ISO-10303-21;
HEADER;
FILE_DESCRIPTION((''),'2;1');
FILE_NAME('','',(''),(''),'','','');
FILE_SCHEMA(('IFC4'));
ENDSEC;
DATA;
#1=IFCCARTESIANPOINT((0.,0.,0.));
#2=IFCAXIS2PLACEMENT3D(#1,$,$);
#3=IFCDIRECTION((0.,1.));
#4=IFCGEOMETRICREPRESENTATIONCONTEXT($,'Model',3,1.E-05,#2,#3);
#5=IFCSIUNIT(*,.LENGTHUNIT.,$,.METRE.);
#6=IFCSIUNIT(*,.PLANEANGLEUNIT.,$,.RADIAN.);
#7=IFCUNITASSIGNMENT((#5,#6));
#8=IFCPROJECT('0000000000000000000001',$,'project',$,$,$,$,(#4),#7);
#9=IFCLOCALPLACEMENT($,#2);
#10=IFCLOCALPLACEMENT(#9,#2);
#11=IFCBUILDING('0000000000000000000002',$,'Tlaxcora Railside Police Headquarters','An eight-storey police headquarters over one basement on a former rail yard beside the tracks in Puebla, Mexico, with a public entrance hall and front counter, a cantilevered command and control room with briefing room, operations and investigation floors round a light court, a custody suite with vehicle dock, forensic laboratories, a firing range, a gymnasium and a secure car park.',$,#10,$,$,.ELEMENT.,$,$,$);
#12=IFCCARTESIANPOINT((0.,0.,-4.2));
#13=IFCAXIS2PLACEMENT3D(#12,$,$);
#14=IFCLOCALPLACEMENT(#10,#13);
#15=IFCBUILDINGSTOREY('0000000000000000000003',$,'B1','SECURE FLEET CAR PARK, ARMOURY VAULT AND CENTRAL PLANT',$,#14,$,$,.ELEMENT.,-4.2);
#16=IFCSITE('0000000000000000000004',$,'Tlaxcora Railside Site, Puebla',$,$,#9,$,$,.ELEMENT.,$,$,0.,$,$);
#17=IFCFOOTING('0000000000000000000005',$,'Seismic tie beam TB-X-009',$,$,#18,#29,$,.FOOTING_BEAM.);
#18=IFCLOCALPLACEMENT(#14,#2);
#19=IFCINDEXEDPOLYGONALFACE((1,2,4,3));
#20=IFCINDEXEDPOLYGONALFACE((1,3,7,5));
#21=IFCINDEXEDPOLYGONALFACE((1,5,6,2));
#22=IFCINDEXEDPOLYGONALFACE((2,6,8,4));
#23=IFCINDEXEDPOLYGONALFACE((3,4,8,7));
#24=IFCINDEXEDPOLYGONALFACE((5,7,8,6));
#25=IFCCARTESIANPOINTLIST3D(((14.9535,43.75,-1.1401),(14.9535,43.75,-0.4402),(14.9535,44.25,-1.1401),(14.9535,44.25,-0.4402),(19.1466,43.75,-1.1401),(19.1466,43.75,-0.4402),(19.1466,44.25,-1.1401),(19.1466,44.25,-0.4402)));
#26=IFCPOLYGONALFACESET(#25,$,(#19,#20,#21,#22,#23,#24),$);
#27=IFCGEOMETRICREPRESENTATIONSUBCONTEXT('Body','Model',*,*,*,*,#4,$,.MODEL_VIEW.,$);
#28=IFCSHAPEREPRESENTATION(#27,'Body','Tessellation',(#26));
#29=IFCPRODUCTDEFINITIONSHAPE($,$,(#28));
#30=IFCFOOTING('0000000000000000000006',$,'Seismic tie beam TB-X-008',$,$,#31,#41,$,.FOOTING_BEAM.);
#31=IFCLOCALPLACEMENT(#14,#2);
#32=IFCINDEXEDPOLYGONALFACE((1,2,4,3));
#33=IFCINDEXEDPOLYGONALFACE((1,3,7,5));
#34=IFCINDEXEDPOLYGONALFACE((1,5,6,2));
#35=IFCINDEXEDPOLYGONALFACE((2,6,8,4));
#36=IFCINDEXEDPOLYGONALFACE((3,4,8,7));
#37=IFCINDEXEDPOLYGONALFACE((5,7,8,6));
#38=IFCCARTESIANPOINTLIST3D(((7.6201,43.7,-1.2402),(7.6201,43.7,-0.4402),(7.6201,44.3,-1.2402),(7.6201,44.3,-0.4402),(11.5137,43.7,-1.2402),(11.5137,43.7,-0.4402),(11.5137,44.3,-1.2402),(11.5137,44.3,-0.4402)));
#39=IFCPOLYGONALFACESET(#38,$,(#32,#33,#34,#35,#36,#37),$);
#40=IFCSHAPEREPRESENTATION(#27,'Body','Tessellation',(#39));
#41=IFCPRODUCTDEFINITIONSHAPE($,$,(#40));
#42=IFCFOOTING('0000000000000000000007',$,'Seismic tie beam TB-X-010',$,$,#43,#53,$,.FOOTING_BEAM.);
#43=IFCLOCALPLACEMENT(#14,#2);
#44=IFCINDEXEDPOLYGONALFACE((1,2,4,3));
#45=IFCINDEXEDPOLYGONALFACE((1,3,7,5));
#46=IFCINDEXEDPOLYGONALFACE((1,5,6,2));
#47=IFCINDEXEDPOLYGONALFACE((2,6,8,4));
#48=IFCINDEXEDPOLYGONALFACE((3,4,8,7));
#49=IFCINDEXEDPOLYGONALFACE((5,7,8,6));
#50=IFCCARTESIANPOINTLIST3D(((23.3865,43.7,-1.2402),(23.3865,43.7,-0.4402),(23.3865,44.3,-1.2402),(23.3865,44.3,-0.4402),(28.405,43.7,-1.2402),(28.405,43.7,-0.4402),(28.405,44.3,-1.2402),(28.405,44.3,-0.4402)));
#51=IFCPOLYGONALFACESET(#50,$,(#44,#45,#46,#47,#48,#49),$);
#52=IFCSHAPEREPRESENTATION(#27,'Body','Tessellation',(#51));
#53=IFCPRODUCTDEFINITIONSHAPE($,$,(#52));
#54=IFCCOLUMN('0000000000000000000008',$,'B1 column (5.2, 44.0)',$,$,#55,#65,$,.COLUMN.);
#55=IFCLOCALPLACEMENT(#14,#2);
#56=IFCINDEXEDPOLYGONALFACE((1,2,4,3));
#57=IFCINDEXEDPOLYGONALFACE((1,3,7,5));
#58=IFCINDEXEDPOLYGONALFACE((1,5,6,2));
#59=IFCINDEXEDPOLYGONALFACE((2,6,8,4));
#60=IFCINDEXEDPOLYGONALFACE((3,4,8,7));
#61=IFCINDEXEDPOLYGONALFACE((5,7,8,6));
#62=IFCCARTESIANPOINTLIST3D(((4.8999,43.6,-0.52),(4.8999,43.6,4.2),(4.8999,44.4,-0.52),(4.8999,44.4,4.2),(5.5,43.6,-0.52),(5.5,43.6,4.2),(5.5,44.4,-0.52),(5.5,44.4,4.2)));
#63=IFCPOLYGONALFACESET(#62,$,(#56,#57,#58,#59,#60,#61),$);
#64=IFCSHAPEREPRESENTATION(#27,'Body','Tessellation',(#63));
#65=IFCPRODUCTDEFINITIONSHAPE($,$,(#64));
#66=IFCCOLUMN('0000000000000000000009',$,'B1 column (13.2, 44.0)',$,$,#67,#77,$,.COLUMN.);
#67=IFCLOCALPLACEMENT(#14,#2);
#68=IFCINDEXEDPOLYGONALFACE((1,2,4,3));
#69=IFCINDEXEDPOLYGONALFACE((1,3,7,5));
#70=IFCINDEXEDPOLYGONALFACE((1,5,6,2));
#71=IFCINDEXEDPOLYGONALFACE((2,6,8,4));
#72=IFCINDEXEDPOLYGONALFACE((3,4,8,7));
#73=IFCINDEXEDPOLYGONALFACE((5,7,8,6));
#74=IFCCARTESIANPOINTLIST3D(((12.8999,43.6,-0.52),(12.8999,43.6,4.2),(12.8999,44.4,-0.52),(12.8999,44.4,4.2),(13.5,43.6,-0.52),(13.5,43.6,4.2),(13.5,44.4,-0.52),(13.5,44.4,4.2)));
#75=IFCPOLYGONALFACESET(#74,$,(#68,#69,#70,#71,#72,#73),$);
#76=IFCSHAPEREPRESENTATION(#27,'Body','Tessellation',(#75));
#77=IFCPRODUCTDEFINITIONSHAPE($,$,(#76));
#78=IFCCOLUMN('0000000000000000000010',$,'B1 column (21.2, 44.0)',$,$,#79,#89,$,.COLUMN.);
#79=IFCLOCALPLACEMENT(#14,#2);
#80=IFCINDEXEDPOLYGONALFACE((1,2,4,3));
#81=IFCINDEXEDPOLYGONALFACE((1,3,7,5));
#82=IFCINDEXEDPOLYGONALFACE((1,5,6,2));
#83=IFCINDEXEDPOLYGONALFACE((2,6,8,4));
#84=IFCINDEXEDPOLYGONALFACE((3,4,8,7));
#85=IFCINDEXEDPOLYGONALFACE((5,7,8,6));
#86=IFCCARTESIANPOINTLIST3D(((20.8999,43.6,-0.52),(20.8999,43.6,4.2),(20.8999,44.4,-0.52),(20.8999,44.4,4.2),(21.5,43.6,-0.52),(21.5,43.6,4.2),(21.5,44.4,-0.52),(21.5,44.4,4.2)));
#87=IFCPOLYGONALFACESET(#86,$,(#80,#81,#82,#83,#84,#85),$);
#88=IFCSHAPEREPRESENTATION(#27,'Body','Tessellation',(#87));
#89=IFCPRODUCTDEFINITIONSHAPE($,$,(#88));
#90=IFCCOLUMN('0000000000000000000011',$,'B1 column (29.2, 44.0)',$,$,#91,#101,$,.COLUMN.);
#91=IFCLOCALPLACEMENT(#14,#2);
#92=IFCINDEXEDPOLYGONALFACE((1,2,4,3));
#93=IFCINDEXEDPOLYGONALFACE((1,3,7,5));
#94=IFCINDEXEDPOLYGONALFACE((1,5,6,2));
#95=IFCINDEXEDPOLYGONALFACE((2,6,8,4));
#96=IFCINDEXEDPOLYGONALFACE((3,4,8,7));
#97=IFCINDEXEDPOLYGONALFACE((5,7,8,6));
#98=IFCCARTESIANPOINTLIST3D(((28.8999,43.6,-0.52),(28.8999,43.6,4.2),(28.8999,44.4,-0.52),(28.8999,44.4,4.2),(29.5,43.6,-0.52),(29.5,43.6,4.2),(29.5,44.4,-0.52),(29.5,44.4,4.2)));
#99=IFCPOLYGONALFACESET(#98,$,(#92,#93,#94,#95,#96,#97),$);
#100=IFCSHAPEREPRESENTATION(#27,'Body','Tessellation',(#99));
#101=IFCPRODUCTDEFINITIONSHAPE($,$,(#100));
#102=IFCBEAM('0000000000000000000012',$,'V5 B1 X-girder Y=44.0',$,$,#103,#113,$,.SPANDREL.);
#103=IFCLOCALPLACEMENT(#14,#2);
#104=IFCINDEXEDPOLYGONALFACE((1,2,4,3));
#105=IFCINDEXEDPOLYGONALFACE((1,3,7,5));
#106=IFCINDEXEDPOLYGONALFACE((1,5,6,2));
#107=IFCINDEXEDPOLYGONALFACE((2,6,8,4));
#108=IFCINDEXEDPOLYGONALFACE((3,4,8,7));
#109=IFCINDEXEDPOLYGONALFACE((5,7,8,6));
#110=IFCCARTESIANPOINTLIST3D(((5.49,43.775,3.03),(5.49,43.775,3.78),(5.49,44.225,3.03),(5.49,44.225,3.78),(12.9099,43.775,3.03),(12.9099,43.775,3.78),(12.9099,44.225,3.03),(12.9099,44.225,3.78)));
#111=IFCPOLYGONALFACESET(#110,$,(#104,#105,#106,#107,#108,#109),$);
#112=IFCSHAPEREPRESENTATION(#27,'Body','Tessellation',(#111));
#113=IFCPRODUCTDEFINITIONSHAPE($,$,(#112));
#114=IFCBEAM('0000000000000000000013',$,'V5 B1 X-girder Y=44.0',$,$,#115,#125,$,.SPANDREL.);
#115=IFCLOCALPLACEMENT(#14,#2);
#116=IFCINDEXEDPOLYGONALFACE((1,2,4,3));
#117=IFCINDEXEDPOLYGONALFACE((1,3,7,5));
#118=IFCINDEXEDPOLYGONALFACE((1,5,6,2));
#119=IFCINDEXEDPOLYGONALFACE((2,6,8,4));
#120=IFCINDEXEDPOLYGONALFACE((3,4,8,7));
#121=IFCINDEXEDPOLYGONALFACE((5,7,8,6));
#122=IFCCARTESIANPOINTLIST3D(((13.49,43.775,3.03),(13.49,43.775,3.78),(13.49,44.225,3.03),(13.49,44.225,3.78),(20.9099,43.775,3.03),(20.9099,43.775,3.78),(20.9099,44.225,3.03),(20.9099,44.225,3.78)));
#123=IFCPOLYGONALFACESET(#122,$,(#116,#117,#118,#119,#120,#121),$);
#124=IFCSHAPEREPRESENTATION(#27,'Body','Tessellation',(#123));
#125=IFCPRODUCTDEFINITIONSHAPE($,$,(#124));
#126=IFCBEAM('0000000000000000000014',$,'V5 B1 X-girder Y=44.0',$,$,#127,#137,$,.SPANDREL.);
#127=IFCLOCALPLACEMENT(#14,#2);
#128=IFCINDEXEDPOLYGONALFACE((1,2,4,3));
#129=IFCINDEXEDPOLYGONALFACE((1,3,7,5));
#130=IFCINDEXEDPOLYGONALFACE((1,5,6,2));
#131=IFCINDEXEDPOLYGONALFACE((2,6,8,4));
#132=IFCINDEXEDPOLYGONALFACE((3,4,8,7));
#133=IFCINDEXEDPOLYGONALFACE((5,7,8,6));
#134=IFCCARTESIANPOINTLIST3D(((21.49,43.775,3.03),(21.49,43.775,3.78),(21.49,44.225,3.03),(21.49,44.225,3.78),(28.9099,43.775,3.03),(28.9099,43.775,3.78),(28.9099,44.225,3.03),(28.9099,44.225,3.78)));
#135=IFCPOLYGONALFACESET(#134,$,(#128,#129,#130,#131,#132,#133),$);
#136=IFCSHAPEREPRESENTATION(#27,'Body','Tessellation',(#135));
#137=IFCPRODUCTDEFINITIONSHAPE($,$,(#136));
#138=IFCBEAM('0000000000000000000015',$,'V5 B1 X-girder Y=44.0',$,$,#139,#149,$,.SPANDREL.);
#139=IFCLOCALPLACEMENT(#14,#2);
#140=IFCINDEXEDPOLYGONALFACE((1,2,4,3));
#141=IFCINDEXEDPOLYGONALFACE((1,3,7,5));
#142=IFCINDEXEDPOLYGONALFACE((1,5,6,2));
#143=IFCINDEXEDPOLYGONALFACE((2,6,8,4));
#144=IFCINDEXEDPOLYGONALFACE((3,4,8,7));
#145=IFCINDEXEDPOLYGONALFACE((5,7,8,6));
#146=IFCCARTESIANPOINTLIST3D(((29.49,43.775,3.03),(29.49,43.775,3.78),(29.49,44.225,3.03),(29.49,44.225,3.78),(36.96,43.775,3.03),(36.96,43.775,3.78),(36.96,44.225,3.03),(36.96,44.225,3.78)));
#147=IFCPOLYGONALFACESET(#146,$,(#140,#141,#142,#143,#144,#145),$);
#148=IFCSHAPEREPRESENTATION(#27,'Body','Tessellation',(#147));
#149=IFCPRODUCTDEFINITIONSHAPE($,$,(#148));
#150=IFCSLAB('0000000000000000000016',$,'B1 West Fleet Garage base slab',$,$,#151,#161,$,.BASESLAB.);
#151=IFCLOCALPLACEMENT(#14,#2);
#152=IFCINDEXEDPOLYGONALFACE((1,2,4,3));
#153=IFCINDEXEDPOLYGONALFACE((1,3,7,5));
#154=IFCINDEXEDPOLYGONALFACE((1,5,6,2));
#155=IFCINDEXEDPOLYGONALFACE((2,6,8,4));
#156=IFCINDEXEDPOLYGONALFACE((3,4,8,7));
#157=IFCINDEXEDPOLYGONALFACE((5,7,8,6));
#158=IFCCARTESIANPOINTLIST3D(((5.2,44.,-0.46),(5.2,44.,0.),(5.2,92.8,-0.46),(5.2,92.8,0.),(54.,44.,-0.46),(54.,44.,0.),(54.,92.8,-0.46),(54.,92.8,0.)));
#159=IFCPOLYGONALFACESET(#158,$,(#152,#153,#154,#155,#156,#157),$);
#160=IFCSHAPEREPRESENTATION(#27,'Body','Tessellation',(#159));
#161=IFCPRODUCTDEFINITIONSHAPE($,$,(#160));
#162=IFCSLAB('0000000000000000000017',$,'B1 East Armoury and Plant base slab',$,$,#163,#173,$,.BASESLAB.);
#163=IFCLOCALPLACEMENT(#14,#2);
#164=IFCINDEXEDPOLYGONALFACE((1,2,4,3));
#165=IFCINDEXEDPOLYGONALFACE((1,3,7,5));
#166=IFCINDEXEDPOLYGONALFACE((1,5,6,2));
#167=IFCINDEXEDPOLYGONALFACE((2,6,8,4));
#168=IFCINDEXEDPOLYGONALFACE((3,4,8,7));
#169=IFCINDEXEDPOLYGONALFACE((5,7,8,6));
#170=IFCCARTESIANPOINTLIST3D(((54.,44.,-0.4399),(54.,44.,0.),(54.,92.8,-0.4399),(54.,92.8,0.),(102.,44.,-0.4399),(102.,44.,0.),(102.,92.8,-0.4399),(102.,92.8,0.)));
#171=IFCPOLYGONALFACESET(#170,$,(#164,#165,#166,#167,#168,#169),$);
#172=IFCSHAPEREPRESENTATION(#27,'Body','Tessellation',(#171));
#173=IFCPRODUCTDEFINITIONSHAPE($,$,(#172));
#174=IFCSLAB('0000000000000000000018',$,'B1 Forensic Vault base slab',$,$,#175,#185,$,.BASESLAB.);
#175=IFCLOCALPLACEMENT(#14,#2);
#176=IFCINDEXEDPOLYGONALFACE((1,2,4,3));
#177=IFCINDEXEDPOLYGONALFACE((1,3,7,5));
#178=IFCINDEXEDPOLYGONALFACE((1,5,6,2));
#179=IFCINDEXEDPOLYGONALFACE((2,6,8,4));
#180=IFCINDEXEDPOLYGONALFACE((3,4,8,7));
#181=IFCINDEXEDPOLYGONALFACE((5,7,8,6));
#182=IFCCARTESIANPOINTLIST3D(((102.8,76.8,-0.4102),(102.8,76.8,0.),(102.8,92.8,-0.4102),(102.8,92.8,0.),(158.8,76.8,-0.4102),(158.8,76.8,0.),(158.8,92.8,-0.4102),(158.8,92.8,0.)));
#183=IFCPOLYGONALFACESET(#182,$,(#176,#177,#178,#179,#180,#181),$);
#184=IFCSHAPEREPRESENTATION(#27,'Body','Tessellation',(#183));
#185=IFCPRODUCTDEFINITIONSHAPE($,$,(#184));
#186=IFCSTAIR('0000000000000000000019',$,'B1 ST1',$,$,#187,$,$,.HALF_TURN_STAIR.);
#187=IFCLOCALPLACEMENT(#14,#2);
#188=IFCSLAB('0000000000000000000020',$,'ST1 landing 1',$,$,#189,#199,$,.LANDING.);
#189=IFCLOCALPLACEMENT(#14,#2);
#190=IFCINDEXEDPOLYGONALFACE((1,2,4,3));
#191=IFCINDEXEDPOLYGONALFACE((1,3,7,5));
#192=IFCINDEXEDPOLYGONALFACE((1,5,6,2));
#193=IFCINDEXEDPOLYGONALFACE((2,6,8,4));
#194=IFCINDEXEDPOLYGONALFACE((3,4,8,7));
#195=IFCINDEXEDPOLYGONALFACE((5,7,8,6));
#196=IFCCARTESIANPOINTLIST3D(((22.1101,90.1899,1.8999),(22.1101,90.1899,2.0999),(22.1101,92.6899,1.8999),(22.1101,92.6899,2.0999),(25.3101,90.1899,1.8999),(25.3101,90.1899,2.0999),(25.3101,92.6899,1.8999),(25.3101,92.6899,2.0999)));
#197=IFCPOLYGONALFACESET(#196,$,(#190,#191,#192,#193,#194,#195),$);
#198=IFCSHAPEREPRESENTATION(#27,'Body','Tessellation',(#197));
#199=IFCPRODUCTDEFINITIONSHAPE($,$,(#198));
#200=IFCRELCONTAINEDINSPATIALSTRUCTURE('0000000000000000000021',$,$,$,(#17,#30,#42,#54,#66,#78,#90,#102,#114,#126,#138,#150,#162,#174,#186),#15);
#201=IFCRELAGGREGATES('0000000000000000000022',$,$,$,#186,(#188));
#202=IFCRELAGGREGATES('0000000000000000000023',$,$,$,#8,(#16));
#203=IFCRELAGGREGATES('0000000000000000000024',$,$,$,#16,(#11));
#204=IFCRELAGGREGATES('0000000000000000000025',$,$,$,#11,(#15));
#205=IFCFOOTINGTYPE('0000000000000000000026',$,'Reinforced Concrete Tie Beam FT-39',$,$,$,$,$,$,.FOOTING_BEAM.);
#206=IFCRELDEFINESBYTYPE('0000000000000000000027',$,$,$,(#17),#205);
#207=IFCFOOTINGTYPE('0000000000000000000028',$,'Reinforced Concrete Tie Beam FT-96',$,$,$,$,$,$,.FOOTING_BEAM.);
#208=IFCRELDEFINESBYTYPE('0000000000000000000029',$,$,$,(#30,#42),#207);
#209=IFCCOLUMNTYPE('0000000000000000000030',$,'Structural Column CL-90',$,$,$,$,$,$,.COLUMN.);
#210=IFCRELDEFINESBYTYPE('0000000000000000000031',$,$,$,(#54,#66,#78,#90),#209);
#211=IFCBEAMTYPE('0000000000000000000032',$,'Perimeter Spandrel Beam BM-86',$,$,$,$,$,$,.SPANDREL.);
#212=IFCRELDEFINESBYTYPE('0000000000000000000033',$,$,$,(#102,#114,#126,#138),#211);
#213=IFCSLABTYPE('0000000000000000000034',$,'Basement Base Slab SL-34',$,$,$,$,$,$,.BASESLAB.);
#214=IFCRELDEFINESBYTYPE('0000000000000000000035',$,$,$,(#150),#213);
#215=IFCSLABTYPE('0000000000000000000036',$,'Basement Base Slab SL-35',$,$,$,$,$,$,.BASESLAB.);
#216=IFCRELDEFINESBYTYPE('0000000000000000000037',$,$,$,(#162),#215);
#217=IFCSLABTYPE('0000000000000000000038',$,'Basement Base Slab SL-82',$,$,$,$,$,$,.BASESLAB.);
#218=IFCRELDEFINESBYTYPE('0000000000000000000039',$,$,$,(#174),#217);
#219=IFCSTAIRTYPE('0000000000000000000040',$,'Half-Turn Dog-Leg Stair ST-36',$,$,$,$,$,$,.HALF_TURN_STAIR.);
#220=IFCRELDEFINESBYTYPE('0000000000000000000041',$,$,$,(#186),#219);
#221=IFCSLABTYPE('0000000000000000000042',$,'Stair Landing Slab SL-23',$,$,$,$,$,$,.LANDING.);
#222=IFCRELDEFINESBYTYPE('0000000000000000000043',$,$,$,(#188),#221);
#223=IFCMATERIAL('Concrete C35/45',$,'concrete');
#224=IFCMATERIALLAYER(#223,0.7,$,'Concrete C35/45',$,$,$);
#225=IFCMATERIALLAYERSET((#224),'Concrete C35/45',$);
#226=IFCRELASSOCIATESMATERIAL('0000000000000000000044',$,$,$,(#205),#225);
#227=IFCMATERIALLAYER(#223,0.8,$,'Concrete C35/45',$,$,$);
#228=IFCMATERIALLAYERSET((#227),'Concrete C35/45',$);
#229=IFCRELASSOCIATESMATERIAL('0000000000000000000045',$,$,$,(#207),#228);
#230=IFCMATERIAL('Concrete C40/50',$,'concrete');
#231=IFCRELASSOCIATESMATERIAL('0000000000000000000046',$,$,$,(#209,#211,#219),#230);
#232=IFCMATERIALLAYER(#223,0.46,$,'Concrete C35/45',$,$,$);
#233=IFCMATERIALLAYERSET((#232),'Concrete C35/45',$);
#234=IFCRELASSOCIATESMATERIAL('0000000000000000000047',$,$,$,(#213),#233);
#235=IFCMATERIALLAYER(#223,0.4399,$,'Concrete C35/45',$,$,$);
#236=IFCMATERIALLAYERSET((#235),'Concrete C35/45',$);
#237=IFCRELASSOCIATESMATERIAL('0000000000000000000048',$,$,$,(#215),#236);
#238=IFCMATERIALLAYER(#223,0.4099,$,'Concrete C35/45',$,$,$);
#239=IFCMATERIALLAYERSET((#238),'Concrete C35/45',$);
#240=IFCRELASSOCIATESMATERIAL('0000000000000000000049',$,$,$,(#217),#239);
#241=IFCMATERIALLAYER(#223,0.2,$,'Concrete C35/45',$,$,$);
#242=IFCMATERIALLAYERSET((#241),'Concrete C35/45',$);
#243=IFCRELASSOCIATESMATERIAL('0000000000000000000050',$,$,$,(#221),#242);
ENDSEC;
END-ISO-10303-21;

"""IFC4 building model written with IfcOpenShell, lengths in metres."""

from ifc_helpers import new_model, si_unit, direction, frame, origin, origin_2d, place, context, subcontext, project, spatial, polyline, rectangle, outline, extrude, material, layer, layer_set, material_profile, profile_set, type_object, element, aggregate, save


model = new_model("IFC4")

# Units and contexts
model_context = context("Model", 3, precision=1e-05, world=origin(), true_north=direction((0.0, 1.0)))
body_context = subcontext(model_context, "Body", "Model", "MODEL_VIEW")
ifc_project = project(units=[si_unit("LENGTHUNIT", "METRE"), si_unit("PLANEANGLEUNIT", "RADIAN")], contexts=[model_context])

# Site, building, storey
site_placement = place(None, origin())
site = spatial("IfcSite", under=ifc_project, at=site_placement, Name="Tlaxcora Railside Site, Puebla", CompositionType="ELEMENT", RefElevation=0.0)
building_placement = place(site_placement, origin())
building = spatial("IfcBuilding", under=site, at=building_placement, Name="Tlaxcora Railside Police Headquarters", Description="An eight-storey police headquarters over one basement on a former rail yard beside the tracks in Puebla, Mexico, with a public entrance hall and front counter, a cantilevered command and control room with briefing room, operations and investigation floors round a light court, a custody suite with vehicle dock, forensic laboratories, a firing range, a gymnasium and a secure car park.", CompositionType="ELEMENT")
storey_placement = place(building_placement, frame((0.0, 0.0, -4.2)))
storey = spatial("IfcBuildingStorey", under=building, at=storey_placement, Name="B1", Description="SECURE FLEET CAR PARK, ARMOURY VAULT AND CENTRAL PLANT", CompositionType="ELEMENT", Elevation=-4.2)

# Shared definitions
ifc_material_1 = material(Name="Concrete C35/45", Category="concrete")

# Footings
ifc_material_2 = material(Name="Concrete C40/50", Category="concrete")
ifc_layer_1 = layer(ifc_material_1, 0.7, Name="Concrete C35/45")
ifc_layer_set_1 = layer_set([ifc_layer_1], Name="Concrete C35/45")
footing_type_1 = type_object("IfcFootingType", Name="Reinforced Concrete Tie Beam FT-39", PredefinedType="FOOTING_BEAM", material=ifc_layer_set_1)
footing_1_placement = place(storey_placement, frame((17.05, 44.0, -1.1401), z_axis=(0.0, 0.0, 1.0), x_axis=(1.0, 0.0, 0.0)))
element("IfcFooting", 1, at=footing_1_placement, inside=storey, type_object=footing_type_1, Name="Seismic tie beam TB-X-009", PredefinedType="FOOTING_BEAM", context=body_context, shape_type="SweptSolid", body=[
    extrude(rectangle(XDim=4.1931, YDim=0.5, at=origin_2d()), origin(), (0.0, 0.0, 1.0), 0.7),
])
ifc_layer_2 = layer(ifc_material_1, 0.8, Name="Concrete C35/45")
ifc_layer_set_2 = layer_set([ifc_layer_2], Name="Concrete C35/45")
footing_type_2 = type_object("IfcFootingType", Name="Reinforced Concrete Tie Beam FT-96", PredefinedType="FOOTING_BEAM", material=ifc_layer_set_2)
footing_2_placement = place(storey_placement, frame((9.5669, 44.0, -1.2402), z_axis=(0.0, 0.0, 1.0), x_axis=(1.0, 0.0, 0.0)))
element("IfcFooting", 2, at=footing_2_placement, inside=storey, type_object=footing_type_2, Name="Seismic tie beam TB-X-008", PredefinedType="FOOTING_BEAM", context=body_context, shape_type="SweptSolid", body=[
    extrude(rectangle(XDim=3.8936, YDim=0.6001, at=origin_2d()), origin(), (0.0, 0.0, 1.0), 0.8),
])
footing_3_placement = place(storey_placement, frame((25.8958, 44.0, -1.2402), z_axis=(0.0, 0.0, 1.0), x_axis=(1.0, 0.0, 0.0)))
element("IfcFooting", 3, at=footing_3_placement, inside=storey, type_object=footing_type_2, Name="Seismic tie beam TB-X-010", PredefinedType="FOOTING_BEAM", context=body_context, shape_type="SweptSolid", body=[
    extrude(rectangle(XDim=5.0186, YDim=0.6001, at=origin_2d()), origin(), (0.0, 0.0, 1.0), 0.8),
])

# Columns
ifc_material_profile_1 = material_profile(ifc_material_2, rectangle(XDim=0.6001, YDim=0.8, at=origin_2d()), Name="RC600X800")
ifc_profile_set_1 = profile_set([ifc_material_profile_1], Name="Concrete C40/50")
column_type = type_object("IfcColumnType", Name="Structural Column CL-90", PredefinedType="COLUMN", material=ifc_profile_set_1)
for number, where, z_axis, x_axis, name in (
    (4, (5.2, 44.0, -0.52), (0.0, 0.0, 1.0), (1.0, 0.0, 0.0), "B1 column (5.2, 44.0)"),
    (5, (13.2, 44.0, -0.52), (0.0, 0.0, 1.0), (1.0, 0.0, 0.0), "B1 column (13.2, 44.0)"),
    (6, (21.2, 44.0, -0.52), (0.0, 0.0, 1.0), (1.0, 0.0, 0.0), "B1 column (21.2, 44.0)"),
    (7, (29.2, 44.0, -0.52), (0.0, 0.0, 1.0), (1.0, 0.0, 0.0), "B1 column (29.2, 44.0)"),
):
    element("IfcColumn", number, at=place(storey_placement, frame(where, z_axis=z_axis, x_axis=x_axis)), inside=storey, type_object=column_type, Name=name, PredefinedType="COLUMN", context=body_context, shape_type="SweptSolid", body=[
        extrude(rectangle(XDim=0.6001, YDim=0.8, at=origin_2d()), origin(), (0.0, 0.0, 1.0), 4.72),
    ])

# Beams
ifc_material_profile_2 = material_profile(ifc_material_2, rectangle(XDim=0.45, YDim=0.75, at=origin_2d()), Name="RC450X750")
ifc_profile_set_2 = profile_set([ifc_material_profile_2], Name="Concrete C40/50")
beam_type = type_object("IfcBeamType", Name="Perimeter Spandrel Beam BM-86", PredefinedType="SPANDREL", material=ifc_profile_set_2)
for number, where, z_axis, x_axis, name in (
    (8, (5.49, 44.0, 3.405), (1.0, 0.0, 0.0), (0.0, 1.0, 0.0), "V5 B1 X-girder Y=44.0"),
    (9, (13.49, 44.0, 3.405), (1.0, 0.0, 0.0), (0.0, 1.0, 0.0), "V5 B1 X-girder Y=44.0"),
    (10, (21.49, 44.0, 3.405), (1.0, 0.0, 0.0), (0.0, 1.0, 0.0), "V5 B1 X-girder Y=44.0"),
):
    element("IfcBeam", number, at=place(storey_placement, frame(where, z_axis=z_axis, x_axis=x_axis)), inside=storey, type_object=beam_type, Name=name, PredefinedType="SPANDREL", context=body_context, shape_type="SweptSolid", body=[
        extrude(rectangle(XDim=0.45, YDim=0.75, at=origin_2d()), origin(), (0.0, 0.0, 1.0), 7.4199),
    ])
beam_placement = place(storey_placement, frame((29.49, 44.0, 3.405), z_axis=(1.0, 0.0, 0.0), x_axis=(0.0, 1.0, 0.0)))
element("IfcBeam", 11, at=beam_placement, inside=storey, type_object=beam_type, Name="V5 B1 X-girder Y=44.0", PredefinedType="SPANDREL", context=body_context, shape_type="SweptSolid", body=[
    extrude(rectangle(XDim=0.45, YDim=0.75, at=origin_2d()), origin(), (0.0, 0.0, 1.0), 7.47),
])

# Slabs
ifc_layer_3 = layer(ifc_material_1, 0.46, Name="Concrete C35/45")
ifc_layer_set_3 = layer_set([ifc_layer_3], Name="Concrete C35/45")
slab_type_1 = type_object("IfcSlabType", Name="Basement Base Slab SL-34", PredefinedType="BASESLAB", material=ifc_layer_set_3)
slab_1_placement = place(storey_placement, frame((0.0, 0.0, -0.46)))
element("IfcSlab", 12, at=slab_1_placement, inside=storey, type_object=slab_type_1, Name="B1 West Fleet Garage base slab", PredefinedType="BASESLAB", context=body_context, shape_type="SweptSolid", body=[
    extrude(outline(polyline([(54.0, 44.0), (54.0, 92.8), (5.2, 92.8), (5.2, 44.0), (54.0, 44.0)])), origin(), (0.0, 0.0, 1.0), 0.46),
])
ifc_layer_4 = layer(ifc_material_1, 0.4399, Name="Concrete C35/45")
ifc_layer_set_4 = layer_set([ifc_layer_4], Name="Concrete C35/45")
slab_type_2 = type_object("IfcSlabType", Name="Basement Base Slab SL-35", PredefinedType="BASESLAB", material=ifc_layer_set_4)
slab_2_placement = place(storey_placement, frame((0.0, 0.0, -0.4399)))
element("IfcSlab", 13, at=slab_2_placement, inside=storey, type_object=slab_type_2, Name="B1 East Armoury and Plant base slab", PredefinedType="BASESLAB", context=body_context, shape_type="SweptSolid", body=[
    extrude(outline(polyline([(102.0, 44.0), (102.0, 92.8), (54.0, 92.8), (54.0, 44.0), (102.0, 44.0)])), origin(), (0.0, 0.0, 1.0), 0.4399),
])
ifc_layer_5 = layer(ifc_material_1, 0.4099, Name="Concrete C35/45")
ifc_layer_set_5 = layer_set([ifc_layer_5], Name="Concrete C35/45")
slab_type_3 = type_object("IfcSlabType", Name="Basement Base Slab SL-82", PredefinedType="BASESLAB", material=ifc_layer_set_5)
slab_3_placement = place(storey_placement, frame((0.0, 0.0, -0.4102)))
element("IfcSlab", 14, at=slab_3_placement, inside=storey, type_object=slab_type_3, Name="B1 Forensic Vault base slab", PredefinedType="BASESLAB", context=body_context, shape_type="SweptSolid", body=[
    extrude(outline(polyline([(158.8, 76.8), (158.8, 92.8), (102.8, 92.8), (102.8, 76.8), (158.8, 76.8)])), origin(), (0.0, 0.0, 1.0), 0.4102),
])

# Stair, slab
stair_type_1 = type_object("IfcStairType", Name="Half-Turn Dog-Leg Stair ST-36", PredefinedType="HALF_TURN_STAIR", material=ifc_material_2)
stair_1_placement = place(storey_placement, origin())
stair_1 = element("IfcStair", 15, at=stair_1_placement, inside=storey, type_object=stair_type_1, Name="B1 ST1", PredefinedType="HALF_TURN_STAIR")
ifc_layer_6 = layer(ifc_material_1, 0.2, Name="Concrete C35/45")
ifc_layer_set_6 = layer_set([ifc_layer_6], Name="Concrete C35/45")
slab_type_4 = type_object("IfcSlabType", Name="Stair Landing Slab SL-23", PredefinedType="LANDING", material=ifc_layer_set_6)
slab_4_placement = place(storey_placement, frame((0.0, 0.0, 1.8999)))
slab_4 = element("IfcSlab", 16, at=slab_4_placement, type_object=slab_type_4, Name="ST1 landing 1", PredefinedType="LANDING", context=body_context, shape_type="SweptSolid", body=[
    extrude(outline(polyline([(25.3101, 90.1899), (25.3101, 92.6899), (22.1101, 92.6899), (22.1101, 90.1899), (25.3101, 90.1899)])), origin(), (0.0, 0.0, 1.0), 0.2),
])
aggregate(stair_1, [slab_4])

save(model, "model.ifc")
